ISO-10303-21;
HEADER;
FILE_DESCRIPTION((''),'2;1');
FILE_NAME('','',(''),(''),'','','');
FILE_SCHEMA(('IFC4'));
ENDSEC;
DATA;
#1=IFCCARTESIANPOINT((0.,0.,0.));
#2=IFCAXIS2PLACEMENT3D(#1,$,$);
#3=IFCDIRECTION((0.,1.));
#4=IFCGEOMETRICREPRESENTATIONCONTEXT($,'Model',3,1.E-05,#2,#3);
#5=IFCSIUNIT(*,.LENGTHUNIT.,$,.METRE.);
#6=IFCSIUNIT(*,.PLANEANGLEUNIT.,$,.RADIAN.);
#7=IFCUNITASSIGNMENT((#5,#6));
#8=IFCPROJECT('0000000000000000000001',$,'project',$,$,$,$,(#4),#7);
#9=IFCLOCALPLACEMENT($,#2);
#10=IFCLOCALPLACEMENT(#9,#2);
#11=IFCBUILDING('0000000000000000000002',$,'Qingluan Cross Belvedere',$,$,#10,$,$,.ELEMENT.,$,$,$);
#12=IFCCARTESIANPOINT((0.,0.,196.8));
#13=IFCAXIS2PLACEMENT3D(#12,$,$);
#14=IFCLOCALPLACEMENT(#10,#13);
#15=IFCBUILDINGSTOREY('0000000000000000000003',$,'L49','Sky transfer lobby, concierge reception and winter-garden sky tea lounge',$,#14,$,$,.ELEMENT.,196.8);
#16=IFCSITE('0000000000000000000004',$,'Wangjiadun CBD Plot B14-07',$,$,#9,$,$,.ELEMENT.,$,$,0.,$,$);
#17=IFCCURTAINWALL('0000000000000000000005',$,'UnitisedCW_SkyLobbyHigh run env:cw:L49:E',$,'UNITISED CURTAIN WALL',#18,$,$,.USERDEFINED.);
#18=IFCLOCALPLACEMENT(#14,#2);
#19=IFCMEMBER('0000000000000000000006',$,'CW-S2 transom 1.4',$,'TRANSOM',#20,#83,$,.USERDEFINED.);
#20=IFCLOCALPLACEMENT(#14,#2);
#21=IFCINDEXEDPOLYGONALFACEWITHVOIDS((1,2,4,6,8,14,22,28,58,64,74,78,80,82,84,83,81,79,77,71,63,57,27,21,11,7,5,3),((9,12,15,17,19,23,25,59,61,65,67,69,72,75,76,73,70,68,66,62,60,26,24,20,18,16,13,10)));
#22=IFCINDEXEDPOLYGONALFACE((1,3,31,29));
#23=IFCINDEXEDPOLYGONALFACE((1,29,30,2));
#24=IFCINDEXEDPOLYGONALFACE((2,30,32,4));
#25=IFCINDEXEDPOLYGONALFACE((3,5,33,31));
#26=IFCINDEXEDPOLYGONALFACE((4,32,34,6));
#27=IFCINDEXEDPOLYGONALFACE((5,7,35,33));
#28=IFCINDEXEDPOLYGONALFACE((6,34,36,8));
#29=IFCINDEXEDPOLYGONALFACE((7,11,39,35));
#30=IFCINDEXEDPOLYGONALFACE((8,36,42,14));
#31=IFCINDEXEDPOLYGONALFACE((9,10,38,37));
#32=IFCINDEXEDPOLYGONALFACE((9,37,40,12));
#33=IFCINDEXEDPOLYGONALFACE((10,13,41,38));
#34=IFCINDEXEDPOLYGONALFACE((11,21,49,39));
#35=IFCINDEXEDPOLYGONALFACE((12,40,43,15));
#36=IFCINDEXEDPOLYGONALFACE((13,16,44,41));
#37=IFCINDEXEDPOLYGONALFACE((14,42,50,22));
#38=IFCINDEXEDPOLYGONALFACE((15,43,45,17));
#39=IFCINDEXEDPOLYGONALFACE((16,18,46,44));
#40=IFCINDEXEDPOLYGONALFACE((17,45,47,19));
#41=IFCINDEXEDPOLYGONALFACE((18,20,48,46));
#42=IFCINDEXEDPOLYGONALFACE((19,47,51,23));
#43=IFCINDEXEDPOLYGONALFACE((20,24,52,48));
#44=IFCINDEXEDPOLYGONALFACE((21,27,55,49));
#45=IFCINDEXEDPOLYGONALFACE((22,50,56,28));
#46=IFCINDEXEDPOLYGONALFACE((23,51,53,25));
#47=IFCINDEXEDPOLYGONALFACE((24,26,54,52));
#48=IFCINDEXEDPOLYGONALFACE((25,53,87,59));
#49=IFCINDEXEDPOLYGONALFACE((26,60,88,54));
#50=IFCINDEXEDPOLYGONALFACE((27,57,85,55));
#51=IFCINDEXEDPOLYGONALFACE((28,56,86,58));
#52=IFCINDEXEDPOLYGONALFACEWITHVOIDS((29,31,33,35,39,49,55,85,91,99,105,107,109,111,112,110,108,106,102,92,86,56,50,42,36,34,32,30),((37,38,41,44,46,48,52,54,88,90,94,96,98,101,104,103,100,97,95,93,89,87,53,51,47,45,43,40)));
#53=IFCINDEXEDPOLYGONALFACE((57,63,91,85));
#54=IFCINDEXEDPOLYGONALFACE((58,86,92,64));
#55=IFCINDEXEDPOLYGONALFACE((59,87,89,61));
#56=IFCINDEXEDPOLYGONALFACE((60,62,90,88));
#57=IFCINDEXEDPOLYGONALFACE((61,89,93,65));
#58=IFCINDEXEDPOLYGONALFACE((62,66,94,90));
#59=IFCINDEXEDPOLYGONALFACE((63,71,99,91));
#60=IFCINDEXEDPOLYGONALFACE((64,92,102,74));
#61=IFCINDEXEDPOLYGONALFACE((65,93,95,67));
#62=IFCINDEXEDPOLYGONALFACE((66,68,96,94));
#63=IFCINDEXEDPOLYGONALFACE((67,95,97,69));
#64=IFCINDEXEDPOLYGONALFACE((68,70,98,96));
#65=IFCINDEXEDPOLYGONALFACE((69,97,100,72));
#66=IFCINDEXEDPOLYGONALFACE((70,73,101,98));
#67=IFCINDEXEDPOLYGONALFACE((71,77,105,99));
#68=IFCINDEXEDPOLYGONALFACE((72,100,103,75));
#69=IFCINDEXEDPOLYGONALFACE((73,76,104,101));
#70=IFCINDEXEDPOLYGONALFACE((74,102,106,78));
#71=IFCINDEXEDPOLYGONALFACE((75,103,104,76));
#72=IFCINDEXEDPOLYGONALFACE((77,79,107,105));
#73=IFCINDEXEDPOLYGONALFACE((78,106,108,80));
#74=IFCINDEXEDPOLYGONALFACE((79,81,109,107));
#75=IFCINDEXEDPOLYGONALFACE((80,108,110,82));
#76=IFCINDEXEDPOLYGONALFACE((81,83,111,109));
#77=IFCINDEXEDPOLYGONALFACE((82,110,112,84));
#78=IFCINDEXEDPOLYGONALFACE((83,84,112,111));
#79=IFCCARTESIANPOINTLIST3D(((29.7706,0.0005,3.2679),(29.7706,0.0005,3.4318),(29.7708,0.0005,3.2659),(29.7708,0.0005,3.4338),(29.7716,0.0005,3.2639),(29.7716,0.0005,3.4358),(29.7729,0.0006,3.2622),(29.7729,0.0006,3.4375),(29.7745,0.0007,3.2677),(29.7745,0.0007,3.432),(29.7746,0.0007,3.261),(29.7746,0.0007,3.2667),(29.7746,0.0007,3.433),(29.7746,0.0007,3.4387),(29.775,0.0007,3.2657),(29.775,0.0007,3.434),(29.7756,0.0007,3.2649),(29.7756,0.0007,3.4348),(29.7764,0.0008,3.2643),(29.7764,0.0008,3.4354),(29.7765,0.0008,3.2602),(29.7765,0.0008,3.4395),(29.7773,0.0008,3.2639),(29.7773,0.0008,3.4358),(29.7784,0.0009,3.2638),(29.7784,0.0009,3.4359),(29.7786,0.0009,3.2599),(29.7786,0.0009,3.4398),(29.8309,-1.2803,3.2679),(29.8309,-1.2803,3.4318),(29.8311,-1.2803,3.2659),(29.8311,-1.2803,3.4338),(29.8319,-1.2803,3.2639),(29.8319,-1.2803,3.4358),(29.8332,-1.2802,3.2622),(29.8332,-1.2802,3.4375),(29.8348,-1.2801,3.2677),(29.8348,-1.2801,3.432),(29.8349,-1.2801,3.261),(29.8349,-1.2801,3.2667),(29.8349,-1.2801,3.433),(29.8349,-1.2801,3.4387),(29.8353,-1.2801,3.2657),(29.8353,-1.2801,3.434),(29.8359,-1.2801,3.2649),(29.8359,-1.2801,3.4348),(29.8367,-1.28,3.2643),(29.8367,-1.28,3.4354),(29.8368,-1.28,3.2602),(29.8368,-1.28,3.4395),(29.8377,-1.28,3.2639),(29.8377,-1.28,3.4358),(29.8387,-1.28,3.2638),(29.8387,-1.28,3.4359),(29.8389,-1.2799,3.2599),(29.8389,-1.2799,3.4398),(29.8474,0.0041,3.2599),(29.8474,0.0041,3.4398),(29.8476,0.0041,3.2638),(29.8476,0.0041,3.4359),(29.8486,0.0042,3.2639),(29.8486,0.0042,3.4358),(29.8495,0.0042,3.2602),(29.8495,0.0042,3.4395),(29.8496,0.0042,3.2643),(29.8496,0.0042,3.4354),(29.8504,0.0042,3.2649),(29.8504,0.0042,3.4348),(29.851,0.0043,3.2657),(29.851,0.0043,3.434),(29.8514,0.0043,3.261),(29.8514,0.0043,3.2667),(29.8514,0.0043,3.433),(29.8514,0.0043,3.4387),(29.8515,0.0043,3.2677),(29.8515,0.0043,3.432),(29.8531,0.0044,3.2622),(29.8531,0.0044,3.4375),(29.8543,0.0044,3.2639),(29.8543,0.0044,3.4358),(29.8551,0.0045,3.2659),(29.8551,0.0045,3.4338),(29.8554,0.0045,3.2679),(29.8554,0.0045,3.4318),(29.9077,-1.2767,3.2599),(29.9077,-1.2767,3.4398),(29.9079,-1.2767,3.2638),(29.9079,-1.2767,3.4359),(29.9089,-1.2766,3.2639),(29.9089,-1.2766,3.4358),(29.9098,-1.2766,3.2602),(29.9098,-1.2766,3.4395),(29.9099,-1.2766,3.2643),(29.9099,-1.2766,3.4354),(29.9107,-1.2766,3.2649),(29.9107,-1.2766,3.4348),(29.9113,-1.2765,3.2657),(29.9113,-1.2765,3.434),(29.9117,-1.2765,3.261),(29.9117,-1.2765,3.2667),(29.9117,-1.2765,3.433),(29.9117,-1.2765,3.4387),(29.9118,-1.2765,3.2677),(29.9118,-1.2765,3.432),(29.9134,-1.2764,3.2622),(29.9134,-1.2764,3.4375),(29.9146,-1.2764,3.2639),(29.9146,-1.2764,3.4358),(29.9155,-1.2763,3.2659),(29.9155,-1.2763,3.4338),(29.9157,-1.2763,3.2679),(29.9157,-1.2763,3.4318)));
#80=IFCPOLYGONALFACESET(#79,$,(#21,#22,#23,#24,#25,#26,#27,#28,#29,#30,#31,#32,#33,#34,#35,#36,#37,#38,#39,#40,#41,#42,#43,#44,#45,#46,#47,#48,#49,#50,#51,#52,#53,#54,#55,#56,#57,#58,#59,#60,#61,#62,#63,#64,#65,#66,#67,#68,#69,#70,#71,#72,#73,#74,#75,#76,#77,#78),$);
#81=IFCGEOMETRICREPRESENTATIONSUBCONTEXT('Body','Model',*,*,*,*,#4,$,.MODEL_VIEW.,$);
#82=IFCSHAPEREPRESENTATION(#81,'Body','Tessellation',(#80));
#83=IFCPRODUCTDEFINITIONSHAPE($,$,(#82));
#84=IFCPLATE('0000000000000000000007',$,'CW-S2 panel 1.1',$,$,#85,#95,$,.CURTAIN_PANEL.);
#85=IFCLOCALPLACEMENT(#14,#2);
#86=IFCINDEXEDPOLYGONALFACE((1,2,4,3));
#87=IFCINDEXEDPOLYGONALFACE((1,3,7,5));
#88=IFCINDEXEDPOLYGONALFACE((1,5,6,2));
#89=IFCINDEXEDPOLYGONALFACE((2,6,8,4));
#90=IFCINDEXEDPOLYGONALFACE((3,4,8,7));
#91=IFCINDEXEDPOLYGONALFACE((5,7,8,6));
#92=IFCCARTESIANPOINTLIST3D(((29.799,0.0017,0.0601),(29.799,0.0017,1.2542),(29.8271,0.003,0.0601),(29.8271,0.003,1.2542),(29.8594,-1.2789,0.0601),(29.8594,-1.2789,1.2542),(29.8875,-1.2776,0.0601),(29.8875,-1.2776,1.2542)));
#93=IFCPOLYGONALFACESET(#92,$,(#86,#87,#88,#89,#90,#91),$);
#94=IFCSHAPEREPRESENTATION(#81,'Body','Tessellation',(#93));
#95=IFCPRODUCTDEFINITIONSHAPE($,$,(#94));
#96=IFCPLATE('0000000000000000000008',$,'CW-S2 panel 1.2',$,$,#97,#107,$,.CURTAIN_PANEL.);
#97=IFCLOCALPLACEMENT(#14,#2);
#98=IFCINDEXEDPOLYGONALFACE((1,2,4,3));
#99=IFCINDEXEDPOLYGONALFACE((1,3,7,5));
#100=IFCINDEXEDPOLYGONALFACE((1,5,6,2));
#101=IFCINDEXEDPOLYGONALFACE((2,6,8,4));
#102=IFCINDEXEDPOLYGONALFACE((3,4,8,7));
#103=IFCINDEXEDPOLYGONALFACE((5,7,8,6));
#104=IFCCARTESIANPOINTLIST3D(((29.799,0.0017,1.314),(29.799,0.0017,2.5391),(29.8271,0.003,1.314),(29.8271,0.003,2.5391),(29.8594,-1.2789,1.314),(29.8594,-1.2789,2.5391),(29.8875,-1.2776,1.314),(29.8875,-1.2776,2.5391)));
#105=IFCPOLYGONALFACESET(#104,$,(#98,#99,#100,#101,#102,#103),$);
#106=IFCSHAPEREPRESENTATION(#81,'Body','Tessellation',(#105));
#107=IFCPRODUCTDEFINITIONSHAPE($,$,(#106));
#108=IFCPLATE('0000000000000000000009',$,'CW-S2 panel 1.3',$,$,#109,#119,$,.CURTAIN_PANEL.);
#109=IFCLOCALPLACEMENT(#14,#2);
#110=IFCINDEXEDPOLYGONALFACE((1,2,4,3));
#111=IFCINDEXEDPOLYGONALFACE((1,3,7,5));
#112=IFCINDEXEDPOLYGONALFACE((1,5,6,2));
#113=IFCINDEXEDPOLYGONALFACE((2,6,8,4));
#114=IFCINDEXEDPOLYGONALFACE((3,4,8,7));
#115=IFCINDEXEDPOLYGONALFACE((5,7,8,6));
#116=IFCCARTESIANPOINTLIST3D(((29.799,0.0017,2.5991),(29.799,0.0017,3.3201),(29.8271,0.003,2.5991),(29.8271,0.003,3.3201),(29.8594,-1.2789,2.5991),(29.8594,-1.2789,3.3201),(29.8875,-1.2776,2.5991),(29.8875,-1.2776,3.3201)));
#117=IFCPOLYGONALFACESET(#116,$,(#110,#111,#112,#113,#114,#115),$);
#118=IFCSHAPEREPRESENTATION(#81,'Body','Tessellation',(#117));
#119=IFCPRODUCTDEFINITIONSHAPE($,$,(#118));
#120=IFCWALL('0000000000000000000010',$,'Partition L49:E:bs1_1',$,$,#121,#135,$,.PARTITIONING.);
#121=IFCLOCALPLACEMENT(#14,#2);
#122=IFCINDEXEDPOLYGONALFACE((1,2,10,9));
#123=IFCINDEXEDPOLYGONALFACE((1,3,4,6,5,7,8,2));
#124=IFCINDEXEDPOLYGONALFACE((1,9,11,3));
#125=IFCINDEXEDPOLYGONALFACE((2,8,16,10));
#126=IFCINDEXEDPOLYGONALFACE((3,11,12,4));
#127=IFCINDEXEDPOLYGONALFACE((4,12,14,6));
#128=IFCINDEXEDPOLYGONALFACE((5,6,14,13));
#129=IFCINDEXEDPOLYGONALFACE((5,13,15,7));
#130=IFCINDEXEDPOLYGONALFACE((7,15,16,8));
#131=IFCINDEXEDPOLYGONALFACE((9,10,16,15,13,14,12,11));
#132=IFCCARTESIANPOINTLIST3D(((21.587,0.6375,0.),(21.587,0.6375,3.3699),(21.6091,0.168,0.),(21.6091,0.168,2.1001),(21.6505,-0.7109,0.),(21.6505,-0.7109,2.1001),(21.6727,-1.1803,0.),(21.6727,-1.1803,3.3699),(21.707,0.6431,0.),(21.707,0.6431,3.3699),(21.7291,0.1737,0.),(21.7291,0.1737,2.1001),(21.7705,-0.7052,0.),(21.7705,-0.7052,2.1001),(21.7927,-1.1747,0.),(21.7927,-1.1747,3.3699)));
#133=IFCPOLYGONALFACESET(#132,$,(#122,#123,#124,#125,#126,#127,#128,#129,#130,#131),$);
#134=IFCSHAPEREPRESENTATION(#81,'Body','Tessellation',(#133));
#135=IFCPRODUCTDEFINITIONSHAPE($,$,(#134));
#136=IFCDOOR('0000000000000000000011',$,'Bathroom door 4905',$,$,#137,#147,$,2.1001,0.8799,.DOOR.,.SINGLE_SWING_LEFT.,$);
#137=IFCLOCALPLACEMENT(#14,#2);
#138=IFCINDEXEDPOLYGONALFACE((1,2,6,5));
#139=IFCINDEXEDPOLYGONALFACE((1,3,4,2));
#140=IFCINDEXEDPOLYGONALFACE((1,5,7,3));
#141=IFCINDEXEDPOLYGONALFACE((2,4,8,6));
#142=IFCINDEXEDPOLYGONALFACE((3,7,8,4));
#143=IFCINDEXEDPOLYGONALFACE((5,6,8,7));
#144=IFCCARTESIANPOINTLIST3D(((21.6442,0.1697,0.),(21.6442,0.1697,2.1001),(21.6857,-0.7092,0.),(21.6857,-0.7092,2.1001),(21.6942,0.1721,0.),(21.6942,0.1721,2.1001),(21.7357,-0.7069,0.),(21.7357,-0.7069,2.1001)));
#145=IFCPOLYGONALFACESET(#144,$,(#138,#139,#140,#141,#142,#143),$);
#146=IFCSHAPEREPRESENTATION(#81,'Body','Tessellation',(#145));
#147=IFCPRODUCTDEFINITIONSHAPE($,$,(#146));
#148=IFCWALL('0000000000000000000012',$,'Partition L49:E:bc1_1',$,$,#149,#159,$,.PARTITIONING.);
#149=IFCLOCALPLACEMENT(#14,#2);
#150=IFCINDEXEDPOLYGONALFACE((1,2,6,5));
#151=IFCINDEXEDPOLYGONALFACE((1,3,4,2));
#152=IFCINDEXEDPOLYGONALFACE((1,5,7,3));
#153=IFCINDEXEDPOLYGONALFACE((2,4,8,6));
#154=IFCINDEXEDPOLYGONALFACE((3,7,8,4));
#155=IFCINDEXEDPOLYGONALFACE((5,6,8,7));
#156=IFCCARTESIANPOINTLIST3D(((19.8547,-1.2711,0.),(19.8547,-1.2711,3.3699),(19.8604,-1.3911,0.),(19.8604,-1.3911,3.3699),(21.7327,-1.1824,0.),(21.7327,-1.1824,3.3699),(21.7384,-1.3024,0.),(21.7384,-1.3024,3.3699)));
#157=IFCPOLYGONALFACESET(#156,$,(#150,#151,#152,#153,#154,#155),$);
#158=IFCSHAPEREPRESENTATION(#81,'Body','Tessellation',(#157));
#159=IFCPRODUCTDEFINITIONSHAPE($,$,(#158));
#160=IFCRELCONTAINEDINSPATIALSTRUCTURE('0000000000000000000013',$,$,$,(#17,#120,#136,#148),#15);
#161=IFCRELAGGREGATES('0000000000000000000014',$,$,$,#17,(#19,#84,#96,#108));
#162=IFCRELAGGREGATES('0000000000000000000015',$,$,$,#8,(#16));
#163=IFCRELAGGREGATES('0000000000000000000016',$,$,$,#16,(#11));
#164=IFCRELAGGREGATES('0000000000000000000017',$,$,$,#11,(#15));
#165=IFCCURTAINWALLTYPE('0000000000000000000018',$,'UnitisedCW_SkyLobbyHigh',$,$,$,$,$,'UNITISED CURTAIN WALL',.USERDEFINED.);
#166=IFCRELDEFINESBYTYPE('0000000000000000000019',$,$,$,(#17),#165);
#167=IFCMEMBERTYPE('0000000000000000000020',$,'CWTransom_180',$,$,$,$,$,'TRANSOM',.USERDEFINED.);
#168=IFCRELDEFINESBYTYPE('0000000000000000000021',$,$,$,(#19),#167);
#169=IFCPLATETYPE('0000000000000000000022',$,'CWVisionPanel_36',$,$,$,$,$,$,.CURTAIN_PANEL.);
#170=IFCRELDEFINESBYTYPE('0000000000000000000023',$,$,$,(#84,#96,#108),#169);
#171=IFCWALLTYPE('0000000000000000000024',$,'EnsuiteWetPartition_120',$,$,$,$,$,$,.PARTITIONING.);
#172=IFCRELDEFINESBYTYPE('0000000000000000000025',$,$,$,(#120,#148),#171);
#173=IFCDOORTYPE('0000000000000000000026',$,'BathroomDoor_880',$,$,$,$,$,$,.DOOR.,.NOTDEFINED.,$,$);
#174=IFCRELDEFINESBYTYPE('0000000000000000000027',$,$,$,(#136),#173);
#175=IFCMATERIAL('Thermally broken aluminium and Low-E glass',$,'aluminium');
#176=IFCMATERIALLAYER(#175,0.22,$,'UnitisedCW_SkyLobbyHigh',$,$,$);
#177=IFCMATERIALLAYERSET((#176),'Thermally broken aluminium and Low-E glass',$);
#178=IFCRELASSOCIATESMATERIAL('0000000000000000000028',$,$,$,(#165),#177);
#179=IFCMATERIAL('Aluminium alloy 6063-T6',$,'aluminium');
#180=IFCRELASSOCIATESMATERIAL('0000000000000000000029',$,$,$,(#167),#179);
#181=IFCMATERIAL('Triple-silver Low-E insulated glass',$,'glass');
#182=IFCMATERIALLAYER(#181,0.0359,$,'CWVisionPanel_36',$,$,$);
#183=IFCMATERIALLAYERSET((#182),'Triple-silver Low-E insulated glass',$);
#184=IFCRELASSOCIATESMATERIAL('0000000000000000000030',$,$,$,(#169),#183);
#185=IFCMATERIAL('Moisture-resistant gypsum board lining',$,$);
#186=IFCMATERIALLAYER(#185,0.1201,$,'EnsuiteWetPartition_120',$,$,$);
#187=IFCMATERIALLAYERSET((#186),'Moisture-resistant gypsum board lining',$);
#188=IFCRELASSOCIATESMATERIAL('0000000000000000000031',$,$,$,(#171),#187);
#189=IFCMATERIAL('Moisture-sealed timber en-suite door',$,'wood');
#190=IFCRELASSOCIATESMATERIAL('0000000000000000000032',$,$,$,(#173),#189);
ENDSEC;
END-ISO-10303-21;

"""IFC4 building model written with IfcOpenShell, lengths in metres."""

from ifc_helpers import new_model, si_unit, direction, frame, frame_2d, origin, origin_2d, place, context, subcontext, project, spatial, rectangle, hollow_rectangle, extrude, material, layer, layer_set, material_profile, profile_set, type_object, element, fill, aggregate, save


model = new_model("IFC4")

# Units and contexts
model_context = context("Model", 3, precision=1e-05, world=origin(), true_north=direction((0.0, 1.0)))
body_context = subcontext(model_context, "Body", "Model", "MODEL_VIEW")
ifc_project = project(units=[si_unit("LENGTHUNIT", "METRE"), si_unit("PLANEANGLEUNIT", "RADIAN")], contexts=[model_context])

# Site, building, storey
site_placement = place(None, origin())
site = spatial("IfcSite", under=ifc_project, at=site_placement, Name="Wangjiadun CBD Plot B14-07", CompositionType="ELEMENT", RefElevation=0.0)
building_placement = place(site_placement, origin())
building = spatial("IfcBuilding", under=site, at=building_placement, Name="Qingluan Cross Belvedere", CompositionType="ELEMENT")
storey_placement = place(building_placement, frame((0.0, 0.0, 196.8)))
storey = spatial("IfcBuildingStorey", under=building, at=storey_placement, Name="L49", Description="Sky transfer lobby, concierge reception and winter-garden sky tea lounge", CompositionType="ELEMENT", Elevation=196.8)

# Curtain wall, member, plates
ifc_material_1 = material(Name="Thermally broken aluminium and Low-E glass", Category="aluminium")
ifc_layer_1 = layer(ifc_material_1, 0.22, Name="UnitisedCW_SkyLobbyHigh")
ifc_layer_set_1 = layer_set([ifc_layer_1], Name="Thermally broken aluminium and Low-E glass")
curtain_wall_type = type_object("IfcCurtainWallType", Name="UnitisedCW_SkyLobbyHigh", ElementType="UNITISED CURTAIN WALL", PredefinedType="USERDEFINED", material=ifc_layer_set_1)
curtain_wall_placement = place(storey_placement, origin())
curtain_wall = element("IfcCurtainWall", 1, at=curtain_wall_placement, inside=storey, type_object=curtain_wall_type, Name="UnitisedCW_SkyLobbyHigh run env:cw:L49:E", ObjectType="UNITISED CURTAIN WALL", PredefinedType="USERDEFINED")
ifc_material_2 = material(Name="Aluminium alloy 6063-T6", Category="aluminium")
ifc_material_profile_1 = material_profile(ifc_material_2, hollow_rectangle(XDim=0.085, YDim=0.1799, WallThickness=0.0039, InnerFilletRadius=0.0039, OuterFilletRadius=0.0081, at=origin_2d()), Name="CWT180x85x4")
ifc_profile_set_1 = profile_set([ifc_material_profile_1], Name="Aluminium alloy 6063-T6")
member_type_1 = type_object("IfcMemberType", Name="CWTransom_180", ElementType="TRANSOM", PredefinedType="USERDEFINED", material=ifc_profile_set_1)
member_1_placement = place(storey_placement, frame((29.8733, -1.2783, 3.3499), z_axis=(-0.047031, 0.998893, 0.0), x_axis=(-0.998893, -0.047031, 0.0)))
member_1 = element("IfcMember", 2, at=member_1_placement, type_object=member_type_1, Name="CW-S2 transom 1.4", ObjectType="TRANSOM", PredefinedType="USERDEFINED", context=body_context, shape_type="SweptSolid", body=[
    extrude(hollow_rectangle(XDim=0.085, YDim=0.1799, WallThickness=0.0039, InnerFilletRadius=0.0039, OuterFilletRadius=0.0081, at=origin_2d()), origin(), (0.0, 0.0, 1.0), 1.2822),
])
ifc_material_3 = material(Name="Triple-silver Low-E insulated glass", Category="glass")
ifc_layer_2 = layer(ifc_material_3, 0.0359, Name="CWVisionPanel_36")
ifc_layer_set_2 = layer_set([ifc_layer_2], Name="Triple-silver Low-E insulated glass")
plate_type = type_object("IfcPlateType", Name="CWVisionPanel_36", PredefinedType="CURTAIN_PANEL", material=ifc_layer_set_2)
plate_1_placement = place(storey_placement, frame((29.8433, -0.6379, 0.0601), z_axis=(0.0, 0.0, 1.0), x_axis=(-0.047102, 0.99889, 0.0)))
plate_1 = element("IfcPlate", 3, at=plate_1_placement, type_object=plate_type, Name="CW-S2 panel 1.1", PredefinedType="CURTAIN_PANEL", context=body_context, shape_type="SweptSolid", body=[
    extrude(rectangle(XDim=1.282, YDim=0.0281, at=origin_2d()), origin(), (0.0, 0.0, 1.0), 1.1941),
])
plate_2_placement = place(storey_placement, frame((29.8433, -0.6379, 1.314), z_axis=(0.0, 0.0, 1.0), x_axis=(-0.047102, 0.99889, 0.0)))
plate_2 = element("IfcPlate", 4, at=plate_2_placement, type_object=plate_type, Name="CW-S2 panel 1.2", PredefinedType="CURTAIN_PANEL", context=body_context, shape_type="SweptSolid", body=[
    extrude(rectangle(XDim=1.282, YDim=0.0281, at=origin_2d()), origin(), (0.0, 0.0, 1.0), 1.2251),
])
plate_3_placement = place(storey_placement, frame((29.8433, -0.6379, 2.5991), z_axis=(0.0, 0.0, 1.0), x_axis=(-0.047102, 0.99889, 0.0)))
plate_3 = element("IfcPlate", 5, at=plate_3_placement, type_object=plate_type, Name="CW-S2 panel 1.3", PredefinedType="CURTAIN_PANEL", context=body_context, shape_type="SweptSolid", body=[
    extrude(rectangle(XDim=1.282, YDim=0.0281, at=origin_2d()), origin(), (0.0, 0.0, 1.0), 0.7209),
])
aggregate(curtain_wall, [member_1, plate_1, plate_2, plate_3])

# Wall, opening, door
ifc_material_4 = material(Name="Moisture-resistant gypsum board lining")
ifc_layer_3 = layer(ifc_material_4, 0.1201, Name="EnsuiteWetPartition_120")
ifc_layer_set_3 = layer_set([ifc_layer_3], Name="Moisture-resistant gypsum board lining")
wall_type_1 = type_object("IfcWallType", Name="EnsuiteWetPartition_120", PredefinedType="PARTITIONING", material=ifc_layer_set_3)
wall_1_placement = place(storey_placement, frame((21.7327, -1.1775, 0.0), z_axis=(0.0, 0.0, 1.0), x_axis=(-0.047087, 0.998891, 0.0)))
wall_1 = element("IfcWall", 6, at=wall_1_placement, inside=storey, type_object=wall_type_1, Name="Partition L49:E:bs1_1", PredefinedType="PARTITIONING", context=body_context, shape_type="SweptSolid", body=[
    extrude(rectangle(XDim=1.8198, YDim=0.1201, at=frame_2d((0.9099, 0.0))), origin(), (0.0, 0.0, 1.0), 3.3699),
])
opening_1_placement = place(wall_1_placement, frame((0.47, 0.0, 0.0)))
opening_1 = element("IfcOpeningElement", 7, at=opening_1_placement, cuts=wall_1, PredefinedType="OPENING", context=body_context, shape_type="SweptSolid", body=[
    extrude(rectangle(XDim=0.8799, YDim=2.1001, at=frame_2d((0.4399, 1.05))), frame((0.0, 0.0701, 0.0), z_axis=(0.0, -1.0, 0.0), x_axis=(1.0, 0.0, 0.0)), (0.0, 0.0, 1.0), 0.1401),
])
ifc_material_5 = material(Name="Moisture-sealed timber en-suite door", Category="wood")
door_type = type_object("IfcDoorType", Name="BathroomDoor_880", OperationType="NOTDEFINED", PredefinedType="DOOR", material=ifc_material_5)
door_1_placement = place(opening_1_placement, origin())
door_1 = element("IfcDoor", 8, at=door_1_placement, inside=storey, type_object=door_type, Name="Bathroom door 4905", OperationType="SINGLE_SWING_LEFT", OverallHeight=2.1001, OverallWidth=0.8799, PredefinedType="DOOR", context=body_context, shape_type="SweptSolid", body=[
    extrude(rectangle(XDim=0.8799, YDim=2.1001, at=frame_2d((0.4399, 1.05))), frame((0.0, 0.0249, 0.0), z_axis=(0.0, -1.0, 0.0), x_axis=(1.0, 0.0, 0.0)), (0.0, 0.0, 1.0), 0.05),
])
fill(opening_1, door_1)

# Wall
wall_2_placement = place(storey_placement, frame((19.8577, -1.3311, 0.0), z_axis=(0.0, 0.0, 1.0), x_axis=(0.998888, 0.047139, 0.0)))
element("IfcWall", 9, at=wall_2_placement, inside=storey, type_object=wall_type_1, Name="Partition L49:E:bc1_1", PredefinedType="PARTITIONING", context=body_context, shape_type="SweptSolid", body=[
    extrude(rectangle(XDim=1.8801, YDim=0.1201, at=frame_2d((0.9399, 0.0))), origin(), (0.0, 0.0, 1.0), 3.3699),
])

save(model, "model.ifc")
